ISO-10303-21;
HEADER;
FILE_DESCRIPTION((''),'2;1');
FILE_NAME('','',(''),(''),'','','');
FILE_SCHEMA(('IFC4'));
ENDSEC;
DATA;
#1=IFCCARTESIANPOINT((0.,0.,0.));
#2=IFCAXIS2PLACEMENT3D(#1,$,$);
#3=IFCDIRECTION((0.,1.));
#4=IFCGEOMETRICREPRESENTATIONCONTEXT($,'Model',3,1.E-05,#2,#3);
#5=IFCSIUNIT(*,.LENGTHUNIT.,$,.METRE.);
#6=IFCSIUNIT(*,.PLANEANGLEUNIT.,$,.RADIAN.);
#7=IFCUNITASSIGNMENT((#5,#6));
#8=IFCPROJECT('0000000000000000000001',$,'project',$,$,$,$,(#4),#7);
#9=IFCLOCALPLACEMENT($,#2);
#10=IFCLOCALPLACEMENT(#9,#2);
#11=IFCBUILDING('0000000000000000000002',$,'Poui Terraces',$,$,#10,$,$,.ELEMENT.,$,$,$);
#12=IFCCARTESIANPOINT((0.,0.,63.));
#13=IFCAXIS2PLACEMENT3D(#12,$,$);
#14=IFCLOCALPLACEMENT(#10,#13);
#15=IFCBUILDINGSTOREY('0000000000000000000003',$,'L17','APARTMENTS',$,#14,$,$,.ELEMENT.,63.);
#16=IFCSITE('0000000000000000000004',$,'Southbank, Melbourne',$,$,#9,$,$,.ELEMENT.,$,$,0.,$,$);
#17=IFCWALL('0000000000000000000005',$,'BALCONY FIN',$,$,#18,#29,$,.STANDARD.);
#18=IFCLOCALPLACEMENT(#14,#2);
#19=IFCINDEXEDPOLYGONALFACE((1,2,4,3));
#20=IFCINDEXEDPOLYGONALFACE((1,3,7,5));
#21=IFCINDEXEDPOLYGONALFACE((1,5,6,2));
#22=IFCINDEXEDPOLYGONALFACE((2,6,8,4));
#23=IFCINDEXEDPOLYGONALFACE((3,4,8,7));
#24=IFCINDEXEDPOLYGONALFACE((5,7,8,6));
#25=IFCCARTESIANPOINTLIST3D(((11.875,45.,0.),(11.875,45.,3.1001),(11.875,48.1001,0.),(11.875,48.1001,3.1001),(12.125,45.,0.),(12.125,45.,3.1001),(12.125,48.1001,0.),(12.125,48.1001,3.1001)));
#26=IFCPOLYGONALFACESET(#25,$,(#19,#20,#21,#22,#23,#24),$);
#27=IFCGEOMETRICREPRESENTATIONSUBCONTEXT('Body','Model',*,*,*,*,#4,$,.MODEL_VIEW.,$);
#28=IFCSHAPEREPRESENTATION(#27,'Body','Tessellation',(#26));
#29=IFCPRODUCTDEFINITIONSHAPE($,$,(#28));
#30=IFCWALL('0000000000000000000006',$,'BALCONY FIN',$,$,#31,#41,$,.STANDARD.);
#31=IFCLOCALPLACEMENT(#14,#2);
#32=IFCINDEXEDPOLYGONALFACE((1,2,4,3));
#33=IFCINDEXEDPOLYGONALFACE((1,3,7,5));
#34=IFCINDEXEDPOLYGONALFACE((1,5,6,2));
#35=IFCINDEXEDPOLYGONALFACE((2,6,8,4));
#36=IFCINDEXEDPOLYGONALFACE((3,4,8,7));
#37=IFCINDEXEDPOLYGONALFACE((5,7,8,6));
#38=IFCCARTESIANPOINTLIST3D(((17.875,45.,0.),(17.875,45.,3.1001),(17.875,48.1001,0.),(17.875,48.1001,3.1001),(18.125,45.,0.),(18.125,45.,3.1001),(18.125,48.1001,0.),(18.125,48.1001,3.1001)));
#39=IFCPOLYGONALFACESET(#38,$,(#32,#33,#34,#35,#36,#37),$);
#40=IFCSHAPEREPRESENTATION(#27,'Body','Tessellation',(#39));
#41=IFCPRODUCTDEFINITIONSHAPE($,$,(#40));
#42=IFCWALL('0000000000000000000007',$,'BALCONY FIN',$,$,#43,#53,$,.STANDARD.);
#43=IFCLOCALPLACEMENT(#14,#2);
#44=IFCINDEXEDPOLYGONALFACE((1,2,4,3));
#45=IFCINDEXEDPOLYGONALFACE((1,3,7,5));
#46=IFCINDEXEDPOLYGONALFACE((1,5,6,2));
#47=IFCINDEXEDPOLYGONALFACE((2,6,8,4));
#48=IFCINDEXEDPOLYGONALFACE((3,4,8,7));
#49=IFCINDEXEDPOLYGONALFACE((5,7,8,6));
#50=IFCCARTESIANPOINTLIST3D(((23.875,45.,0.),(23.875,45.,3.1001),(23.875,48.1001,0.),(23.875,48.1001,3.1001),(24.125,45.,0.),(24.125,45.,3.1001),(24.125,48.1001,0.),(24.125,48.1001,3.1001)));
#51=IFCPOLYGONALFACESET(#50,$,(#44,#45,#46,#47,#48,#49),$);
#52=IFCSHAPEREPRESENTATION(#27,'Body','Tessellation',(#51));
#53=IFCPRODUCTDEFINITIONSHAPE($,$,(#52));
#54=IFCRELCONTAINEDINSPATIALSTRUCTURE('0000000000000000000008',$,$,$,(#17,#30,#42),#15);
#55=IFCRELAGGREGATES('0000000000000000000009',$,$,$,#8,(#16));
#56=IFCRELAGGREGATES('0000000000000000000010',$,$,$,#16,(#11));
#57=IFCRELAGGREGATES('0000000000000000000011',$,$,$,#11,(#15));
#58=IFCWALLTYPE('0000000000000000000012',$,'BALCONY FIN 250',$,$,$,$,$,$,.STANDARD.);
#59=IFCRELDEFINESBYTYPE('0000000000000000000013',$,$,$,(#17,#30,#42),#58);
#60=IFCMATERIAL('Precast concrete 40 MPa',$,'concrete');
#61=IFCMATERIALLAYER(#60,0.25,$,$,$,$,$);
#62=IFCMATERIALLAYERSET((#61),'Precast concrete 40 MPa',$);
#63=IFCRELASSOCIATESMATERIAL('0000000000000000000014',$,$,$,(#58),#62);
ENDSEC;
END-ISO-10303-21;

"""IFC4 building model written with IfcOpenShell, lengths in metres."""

from ifc_helpers import new_model, si_unit, direction, frame, origin, place, context, subcontext, project, spatial, polyline, outline, extrude, source, transform, mapped, material, layer, layer_set, type_object, element, save


model = new_model("IFC4")

# Units and contexts
model_context = context("Model", 3, precision=1e-05, world=origin(), true_north=direction((0.0, 1.0)))
body_context = subcontext(model_context, "Body", "Model", "MODEL_VIEW")
ifc_project = project(units=[si_unit("LENGTHUNIT", "METRE"), si_unit("PLANEANGLEUNIT", "RADIAN")], contexts=[model_context])

# Site, building, storey
site_placement = place(None, origin())
site = spatial("IfcSite", under=ifc_project, at=site_placement, Name="Southbank, Melbourne", CompositionType="ELEMENT", RefElevation=0.0)
building_placement = place(site_placement, origin())
building = spatial("IfcBuilding", under=site, at=building_placement, Name="Poui Terraces", CompositionType="ELEMENT")
storey_placement = place(building_placement, frame((0.0, 0.0, 63.0)))
storey = spatial("IfcBuildingStorey", under=building, at=storey_placement, Name="L17", Description="APARTMENTS", CompositionType="ELEMENT", Elevation=63.0)

# Walls
ifc_material_1 = material(Name="Precast concrete 40 MPa", Category="concrete")
ifc_layer_1 = layer(ifc_material_1, 0.25)
ifc_layer_set_1 = layer_set([ifc_layer_1], Name="Precast concrete 40 MPa")
wall_type_1 = type_object("IfcWallType", Name="BALCONY FIN 250", PredefinedType="STANDARD", material=ifc_layer_set_1)
shared_shape_1 = source(origin(), body_context, "Body", "SweptSolid", [
    extrude(outline(polyline([(0.0, 0.0), (0.25, 0.0), (0.25, 3.1001), (0.0, 3.1001), (0.0, 0.0)])), origin(), (0.0, 0.0, 1.0), 3.1001),
])
for number, where, name in (
    (1, (11.875, 45.0, 0.0), "BALCONY FIN"),
    (2, (17.875, 45.0, 0.0), "BALCONY FIN"),
    (3, (23.875, 45.0, 0.0), "BALCONY FIN"),
):
    element("IfcWall", number, at=place(storey_placement, frame(where)), inside=storey, type_object=wall_type_1, Name=name, PredefinedType="STANDARD", context=body_context, shape_type="MappedRepresentation", body=[
        mapped(shared_shape_1, transform((0.0, 0.0, 0.0))),
    ])

save(model, "model.ifc")
